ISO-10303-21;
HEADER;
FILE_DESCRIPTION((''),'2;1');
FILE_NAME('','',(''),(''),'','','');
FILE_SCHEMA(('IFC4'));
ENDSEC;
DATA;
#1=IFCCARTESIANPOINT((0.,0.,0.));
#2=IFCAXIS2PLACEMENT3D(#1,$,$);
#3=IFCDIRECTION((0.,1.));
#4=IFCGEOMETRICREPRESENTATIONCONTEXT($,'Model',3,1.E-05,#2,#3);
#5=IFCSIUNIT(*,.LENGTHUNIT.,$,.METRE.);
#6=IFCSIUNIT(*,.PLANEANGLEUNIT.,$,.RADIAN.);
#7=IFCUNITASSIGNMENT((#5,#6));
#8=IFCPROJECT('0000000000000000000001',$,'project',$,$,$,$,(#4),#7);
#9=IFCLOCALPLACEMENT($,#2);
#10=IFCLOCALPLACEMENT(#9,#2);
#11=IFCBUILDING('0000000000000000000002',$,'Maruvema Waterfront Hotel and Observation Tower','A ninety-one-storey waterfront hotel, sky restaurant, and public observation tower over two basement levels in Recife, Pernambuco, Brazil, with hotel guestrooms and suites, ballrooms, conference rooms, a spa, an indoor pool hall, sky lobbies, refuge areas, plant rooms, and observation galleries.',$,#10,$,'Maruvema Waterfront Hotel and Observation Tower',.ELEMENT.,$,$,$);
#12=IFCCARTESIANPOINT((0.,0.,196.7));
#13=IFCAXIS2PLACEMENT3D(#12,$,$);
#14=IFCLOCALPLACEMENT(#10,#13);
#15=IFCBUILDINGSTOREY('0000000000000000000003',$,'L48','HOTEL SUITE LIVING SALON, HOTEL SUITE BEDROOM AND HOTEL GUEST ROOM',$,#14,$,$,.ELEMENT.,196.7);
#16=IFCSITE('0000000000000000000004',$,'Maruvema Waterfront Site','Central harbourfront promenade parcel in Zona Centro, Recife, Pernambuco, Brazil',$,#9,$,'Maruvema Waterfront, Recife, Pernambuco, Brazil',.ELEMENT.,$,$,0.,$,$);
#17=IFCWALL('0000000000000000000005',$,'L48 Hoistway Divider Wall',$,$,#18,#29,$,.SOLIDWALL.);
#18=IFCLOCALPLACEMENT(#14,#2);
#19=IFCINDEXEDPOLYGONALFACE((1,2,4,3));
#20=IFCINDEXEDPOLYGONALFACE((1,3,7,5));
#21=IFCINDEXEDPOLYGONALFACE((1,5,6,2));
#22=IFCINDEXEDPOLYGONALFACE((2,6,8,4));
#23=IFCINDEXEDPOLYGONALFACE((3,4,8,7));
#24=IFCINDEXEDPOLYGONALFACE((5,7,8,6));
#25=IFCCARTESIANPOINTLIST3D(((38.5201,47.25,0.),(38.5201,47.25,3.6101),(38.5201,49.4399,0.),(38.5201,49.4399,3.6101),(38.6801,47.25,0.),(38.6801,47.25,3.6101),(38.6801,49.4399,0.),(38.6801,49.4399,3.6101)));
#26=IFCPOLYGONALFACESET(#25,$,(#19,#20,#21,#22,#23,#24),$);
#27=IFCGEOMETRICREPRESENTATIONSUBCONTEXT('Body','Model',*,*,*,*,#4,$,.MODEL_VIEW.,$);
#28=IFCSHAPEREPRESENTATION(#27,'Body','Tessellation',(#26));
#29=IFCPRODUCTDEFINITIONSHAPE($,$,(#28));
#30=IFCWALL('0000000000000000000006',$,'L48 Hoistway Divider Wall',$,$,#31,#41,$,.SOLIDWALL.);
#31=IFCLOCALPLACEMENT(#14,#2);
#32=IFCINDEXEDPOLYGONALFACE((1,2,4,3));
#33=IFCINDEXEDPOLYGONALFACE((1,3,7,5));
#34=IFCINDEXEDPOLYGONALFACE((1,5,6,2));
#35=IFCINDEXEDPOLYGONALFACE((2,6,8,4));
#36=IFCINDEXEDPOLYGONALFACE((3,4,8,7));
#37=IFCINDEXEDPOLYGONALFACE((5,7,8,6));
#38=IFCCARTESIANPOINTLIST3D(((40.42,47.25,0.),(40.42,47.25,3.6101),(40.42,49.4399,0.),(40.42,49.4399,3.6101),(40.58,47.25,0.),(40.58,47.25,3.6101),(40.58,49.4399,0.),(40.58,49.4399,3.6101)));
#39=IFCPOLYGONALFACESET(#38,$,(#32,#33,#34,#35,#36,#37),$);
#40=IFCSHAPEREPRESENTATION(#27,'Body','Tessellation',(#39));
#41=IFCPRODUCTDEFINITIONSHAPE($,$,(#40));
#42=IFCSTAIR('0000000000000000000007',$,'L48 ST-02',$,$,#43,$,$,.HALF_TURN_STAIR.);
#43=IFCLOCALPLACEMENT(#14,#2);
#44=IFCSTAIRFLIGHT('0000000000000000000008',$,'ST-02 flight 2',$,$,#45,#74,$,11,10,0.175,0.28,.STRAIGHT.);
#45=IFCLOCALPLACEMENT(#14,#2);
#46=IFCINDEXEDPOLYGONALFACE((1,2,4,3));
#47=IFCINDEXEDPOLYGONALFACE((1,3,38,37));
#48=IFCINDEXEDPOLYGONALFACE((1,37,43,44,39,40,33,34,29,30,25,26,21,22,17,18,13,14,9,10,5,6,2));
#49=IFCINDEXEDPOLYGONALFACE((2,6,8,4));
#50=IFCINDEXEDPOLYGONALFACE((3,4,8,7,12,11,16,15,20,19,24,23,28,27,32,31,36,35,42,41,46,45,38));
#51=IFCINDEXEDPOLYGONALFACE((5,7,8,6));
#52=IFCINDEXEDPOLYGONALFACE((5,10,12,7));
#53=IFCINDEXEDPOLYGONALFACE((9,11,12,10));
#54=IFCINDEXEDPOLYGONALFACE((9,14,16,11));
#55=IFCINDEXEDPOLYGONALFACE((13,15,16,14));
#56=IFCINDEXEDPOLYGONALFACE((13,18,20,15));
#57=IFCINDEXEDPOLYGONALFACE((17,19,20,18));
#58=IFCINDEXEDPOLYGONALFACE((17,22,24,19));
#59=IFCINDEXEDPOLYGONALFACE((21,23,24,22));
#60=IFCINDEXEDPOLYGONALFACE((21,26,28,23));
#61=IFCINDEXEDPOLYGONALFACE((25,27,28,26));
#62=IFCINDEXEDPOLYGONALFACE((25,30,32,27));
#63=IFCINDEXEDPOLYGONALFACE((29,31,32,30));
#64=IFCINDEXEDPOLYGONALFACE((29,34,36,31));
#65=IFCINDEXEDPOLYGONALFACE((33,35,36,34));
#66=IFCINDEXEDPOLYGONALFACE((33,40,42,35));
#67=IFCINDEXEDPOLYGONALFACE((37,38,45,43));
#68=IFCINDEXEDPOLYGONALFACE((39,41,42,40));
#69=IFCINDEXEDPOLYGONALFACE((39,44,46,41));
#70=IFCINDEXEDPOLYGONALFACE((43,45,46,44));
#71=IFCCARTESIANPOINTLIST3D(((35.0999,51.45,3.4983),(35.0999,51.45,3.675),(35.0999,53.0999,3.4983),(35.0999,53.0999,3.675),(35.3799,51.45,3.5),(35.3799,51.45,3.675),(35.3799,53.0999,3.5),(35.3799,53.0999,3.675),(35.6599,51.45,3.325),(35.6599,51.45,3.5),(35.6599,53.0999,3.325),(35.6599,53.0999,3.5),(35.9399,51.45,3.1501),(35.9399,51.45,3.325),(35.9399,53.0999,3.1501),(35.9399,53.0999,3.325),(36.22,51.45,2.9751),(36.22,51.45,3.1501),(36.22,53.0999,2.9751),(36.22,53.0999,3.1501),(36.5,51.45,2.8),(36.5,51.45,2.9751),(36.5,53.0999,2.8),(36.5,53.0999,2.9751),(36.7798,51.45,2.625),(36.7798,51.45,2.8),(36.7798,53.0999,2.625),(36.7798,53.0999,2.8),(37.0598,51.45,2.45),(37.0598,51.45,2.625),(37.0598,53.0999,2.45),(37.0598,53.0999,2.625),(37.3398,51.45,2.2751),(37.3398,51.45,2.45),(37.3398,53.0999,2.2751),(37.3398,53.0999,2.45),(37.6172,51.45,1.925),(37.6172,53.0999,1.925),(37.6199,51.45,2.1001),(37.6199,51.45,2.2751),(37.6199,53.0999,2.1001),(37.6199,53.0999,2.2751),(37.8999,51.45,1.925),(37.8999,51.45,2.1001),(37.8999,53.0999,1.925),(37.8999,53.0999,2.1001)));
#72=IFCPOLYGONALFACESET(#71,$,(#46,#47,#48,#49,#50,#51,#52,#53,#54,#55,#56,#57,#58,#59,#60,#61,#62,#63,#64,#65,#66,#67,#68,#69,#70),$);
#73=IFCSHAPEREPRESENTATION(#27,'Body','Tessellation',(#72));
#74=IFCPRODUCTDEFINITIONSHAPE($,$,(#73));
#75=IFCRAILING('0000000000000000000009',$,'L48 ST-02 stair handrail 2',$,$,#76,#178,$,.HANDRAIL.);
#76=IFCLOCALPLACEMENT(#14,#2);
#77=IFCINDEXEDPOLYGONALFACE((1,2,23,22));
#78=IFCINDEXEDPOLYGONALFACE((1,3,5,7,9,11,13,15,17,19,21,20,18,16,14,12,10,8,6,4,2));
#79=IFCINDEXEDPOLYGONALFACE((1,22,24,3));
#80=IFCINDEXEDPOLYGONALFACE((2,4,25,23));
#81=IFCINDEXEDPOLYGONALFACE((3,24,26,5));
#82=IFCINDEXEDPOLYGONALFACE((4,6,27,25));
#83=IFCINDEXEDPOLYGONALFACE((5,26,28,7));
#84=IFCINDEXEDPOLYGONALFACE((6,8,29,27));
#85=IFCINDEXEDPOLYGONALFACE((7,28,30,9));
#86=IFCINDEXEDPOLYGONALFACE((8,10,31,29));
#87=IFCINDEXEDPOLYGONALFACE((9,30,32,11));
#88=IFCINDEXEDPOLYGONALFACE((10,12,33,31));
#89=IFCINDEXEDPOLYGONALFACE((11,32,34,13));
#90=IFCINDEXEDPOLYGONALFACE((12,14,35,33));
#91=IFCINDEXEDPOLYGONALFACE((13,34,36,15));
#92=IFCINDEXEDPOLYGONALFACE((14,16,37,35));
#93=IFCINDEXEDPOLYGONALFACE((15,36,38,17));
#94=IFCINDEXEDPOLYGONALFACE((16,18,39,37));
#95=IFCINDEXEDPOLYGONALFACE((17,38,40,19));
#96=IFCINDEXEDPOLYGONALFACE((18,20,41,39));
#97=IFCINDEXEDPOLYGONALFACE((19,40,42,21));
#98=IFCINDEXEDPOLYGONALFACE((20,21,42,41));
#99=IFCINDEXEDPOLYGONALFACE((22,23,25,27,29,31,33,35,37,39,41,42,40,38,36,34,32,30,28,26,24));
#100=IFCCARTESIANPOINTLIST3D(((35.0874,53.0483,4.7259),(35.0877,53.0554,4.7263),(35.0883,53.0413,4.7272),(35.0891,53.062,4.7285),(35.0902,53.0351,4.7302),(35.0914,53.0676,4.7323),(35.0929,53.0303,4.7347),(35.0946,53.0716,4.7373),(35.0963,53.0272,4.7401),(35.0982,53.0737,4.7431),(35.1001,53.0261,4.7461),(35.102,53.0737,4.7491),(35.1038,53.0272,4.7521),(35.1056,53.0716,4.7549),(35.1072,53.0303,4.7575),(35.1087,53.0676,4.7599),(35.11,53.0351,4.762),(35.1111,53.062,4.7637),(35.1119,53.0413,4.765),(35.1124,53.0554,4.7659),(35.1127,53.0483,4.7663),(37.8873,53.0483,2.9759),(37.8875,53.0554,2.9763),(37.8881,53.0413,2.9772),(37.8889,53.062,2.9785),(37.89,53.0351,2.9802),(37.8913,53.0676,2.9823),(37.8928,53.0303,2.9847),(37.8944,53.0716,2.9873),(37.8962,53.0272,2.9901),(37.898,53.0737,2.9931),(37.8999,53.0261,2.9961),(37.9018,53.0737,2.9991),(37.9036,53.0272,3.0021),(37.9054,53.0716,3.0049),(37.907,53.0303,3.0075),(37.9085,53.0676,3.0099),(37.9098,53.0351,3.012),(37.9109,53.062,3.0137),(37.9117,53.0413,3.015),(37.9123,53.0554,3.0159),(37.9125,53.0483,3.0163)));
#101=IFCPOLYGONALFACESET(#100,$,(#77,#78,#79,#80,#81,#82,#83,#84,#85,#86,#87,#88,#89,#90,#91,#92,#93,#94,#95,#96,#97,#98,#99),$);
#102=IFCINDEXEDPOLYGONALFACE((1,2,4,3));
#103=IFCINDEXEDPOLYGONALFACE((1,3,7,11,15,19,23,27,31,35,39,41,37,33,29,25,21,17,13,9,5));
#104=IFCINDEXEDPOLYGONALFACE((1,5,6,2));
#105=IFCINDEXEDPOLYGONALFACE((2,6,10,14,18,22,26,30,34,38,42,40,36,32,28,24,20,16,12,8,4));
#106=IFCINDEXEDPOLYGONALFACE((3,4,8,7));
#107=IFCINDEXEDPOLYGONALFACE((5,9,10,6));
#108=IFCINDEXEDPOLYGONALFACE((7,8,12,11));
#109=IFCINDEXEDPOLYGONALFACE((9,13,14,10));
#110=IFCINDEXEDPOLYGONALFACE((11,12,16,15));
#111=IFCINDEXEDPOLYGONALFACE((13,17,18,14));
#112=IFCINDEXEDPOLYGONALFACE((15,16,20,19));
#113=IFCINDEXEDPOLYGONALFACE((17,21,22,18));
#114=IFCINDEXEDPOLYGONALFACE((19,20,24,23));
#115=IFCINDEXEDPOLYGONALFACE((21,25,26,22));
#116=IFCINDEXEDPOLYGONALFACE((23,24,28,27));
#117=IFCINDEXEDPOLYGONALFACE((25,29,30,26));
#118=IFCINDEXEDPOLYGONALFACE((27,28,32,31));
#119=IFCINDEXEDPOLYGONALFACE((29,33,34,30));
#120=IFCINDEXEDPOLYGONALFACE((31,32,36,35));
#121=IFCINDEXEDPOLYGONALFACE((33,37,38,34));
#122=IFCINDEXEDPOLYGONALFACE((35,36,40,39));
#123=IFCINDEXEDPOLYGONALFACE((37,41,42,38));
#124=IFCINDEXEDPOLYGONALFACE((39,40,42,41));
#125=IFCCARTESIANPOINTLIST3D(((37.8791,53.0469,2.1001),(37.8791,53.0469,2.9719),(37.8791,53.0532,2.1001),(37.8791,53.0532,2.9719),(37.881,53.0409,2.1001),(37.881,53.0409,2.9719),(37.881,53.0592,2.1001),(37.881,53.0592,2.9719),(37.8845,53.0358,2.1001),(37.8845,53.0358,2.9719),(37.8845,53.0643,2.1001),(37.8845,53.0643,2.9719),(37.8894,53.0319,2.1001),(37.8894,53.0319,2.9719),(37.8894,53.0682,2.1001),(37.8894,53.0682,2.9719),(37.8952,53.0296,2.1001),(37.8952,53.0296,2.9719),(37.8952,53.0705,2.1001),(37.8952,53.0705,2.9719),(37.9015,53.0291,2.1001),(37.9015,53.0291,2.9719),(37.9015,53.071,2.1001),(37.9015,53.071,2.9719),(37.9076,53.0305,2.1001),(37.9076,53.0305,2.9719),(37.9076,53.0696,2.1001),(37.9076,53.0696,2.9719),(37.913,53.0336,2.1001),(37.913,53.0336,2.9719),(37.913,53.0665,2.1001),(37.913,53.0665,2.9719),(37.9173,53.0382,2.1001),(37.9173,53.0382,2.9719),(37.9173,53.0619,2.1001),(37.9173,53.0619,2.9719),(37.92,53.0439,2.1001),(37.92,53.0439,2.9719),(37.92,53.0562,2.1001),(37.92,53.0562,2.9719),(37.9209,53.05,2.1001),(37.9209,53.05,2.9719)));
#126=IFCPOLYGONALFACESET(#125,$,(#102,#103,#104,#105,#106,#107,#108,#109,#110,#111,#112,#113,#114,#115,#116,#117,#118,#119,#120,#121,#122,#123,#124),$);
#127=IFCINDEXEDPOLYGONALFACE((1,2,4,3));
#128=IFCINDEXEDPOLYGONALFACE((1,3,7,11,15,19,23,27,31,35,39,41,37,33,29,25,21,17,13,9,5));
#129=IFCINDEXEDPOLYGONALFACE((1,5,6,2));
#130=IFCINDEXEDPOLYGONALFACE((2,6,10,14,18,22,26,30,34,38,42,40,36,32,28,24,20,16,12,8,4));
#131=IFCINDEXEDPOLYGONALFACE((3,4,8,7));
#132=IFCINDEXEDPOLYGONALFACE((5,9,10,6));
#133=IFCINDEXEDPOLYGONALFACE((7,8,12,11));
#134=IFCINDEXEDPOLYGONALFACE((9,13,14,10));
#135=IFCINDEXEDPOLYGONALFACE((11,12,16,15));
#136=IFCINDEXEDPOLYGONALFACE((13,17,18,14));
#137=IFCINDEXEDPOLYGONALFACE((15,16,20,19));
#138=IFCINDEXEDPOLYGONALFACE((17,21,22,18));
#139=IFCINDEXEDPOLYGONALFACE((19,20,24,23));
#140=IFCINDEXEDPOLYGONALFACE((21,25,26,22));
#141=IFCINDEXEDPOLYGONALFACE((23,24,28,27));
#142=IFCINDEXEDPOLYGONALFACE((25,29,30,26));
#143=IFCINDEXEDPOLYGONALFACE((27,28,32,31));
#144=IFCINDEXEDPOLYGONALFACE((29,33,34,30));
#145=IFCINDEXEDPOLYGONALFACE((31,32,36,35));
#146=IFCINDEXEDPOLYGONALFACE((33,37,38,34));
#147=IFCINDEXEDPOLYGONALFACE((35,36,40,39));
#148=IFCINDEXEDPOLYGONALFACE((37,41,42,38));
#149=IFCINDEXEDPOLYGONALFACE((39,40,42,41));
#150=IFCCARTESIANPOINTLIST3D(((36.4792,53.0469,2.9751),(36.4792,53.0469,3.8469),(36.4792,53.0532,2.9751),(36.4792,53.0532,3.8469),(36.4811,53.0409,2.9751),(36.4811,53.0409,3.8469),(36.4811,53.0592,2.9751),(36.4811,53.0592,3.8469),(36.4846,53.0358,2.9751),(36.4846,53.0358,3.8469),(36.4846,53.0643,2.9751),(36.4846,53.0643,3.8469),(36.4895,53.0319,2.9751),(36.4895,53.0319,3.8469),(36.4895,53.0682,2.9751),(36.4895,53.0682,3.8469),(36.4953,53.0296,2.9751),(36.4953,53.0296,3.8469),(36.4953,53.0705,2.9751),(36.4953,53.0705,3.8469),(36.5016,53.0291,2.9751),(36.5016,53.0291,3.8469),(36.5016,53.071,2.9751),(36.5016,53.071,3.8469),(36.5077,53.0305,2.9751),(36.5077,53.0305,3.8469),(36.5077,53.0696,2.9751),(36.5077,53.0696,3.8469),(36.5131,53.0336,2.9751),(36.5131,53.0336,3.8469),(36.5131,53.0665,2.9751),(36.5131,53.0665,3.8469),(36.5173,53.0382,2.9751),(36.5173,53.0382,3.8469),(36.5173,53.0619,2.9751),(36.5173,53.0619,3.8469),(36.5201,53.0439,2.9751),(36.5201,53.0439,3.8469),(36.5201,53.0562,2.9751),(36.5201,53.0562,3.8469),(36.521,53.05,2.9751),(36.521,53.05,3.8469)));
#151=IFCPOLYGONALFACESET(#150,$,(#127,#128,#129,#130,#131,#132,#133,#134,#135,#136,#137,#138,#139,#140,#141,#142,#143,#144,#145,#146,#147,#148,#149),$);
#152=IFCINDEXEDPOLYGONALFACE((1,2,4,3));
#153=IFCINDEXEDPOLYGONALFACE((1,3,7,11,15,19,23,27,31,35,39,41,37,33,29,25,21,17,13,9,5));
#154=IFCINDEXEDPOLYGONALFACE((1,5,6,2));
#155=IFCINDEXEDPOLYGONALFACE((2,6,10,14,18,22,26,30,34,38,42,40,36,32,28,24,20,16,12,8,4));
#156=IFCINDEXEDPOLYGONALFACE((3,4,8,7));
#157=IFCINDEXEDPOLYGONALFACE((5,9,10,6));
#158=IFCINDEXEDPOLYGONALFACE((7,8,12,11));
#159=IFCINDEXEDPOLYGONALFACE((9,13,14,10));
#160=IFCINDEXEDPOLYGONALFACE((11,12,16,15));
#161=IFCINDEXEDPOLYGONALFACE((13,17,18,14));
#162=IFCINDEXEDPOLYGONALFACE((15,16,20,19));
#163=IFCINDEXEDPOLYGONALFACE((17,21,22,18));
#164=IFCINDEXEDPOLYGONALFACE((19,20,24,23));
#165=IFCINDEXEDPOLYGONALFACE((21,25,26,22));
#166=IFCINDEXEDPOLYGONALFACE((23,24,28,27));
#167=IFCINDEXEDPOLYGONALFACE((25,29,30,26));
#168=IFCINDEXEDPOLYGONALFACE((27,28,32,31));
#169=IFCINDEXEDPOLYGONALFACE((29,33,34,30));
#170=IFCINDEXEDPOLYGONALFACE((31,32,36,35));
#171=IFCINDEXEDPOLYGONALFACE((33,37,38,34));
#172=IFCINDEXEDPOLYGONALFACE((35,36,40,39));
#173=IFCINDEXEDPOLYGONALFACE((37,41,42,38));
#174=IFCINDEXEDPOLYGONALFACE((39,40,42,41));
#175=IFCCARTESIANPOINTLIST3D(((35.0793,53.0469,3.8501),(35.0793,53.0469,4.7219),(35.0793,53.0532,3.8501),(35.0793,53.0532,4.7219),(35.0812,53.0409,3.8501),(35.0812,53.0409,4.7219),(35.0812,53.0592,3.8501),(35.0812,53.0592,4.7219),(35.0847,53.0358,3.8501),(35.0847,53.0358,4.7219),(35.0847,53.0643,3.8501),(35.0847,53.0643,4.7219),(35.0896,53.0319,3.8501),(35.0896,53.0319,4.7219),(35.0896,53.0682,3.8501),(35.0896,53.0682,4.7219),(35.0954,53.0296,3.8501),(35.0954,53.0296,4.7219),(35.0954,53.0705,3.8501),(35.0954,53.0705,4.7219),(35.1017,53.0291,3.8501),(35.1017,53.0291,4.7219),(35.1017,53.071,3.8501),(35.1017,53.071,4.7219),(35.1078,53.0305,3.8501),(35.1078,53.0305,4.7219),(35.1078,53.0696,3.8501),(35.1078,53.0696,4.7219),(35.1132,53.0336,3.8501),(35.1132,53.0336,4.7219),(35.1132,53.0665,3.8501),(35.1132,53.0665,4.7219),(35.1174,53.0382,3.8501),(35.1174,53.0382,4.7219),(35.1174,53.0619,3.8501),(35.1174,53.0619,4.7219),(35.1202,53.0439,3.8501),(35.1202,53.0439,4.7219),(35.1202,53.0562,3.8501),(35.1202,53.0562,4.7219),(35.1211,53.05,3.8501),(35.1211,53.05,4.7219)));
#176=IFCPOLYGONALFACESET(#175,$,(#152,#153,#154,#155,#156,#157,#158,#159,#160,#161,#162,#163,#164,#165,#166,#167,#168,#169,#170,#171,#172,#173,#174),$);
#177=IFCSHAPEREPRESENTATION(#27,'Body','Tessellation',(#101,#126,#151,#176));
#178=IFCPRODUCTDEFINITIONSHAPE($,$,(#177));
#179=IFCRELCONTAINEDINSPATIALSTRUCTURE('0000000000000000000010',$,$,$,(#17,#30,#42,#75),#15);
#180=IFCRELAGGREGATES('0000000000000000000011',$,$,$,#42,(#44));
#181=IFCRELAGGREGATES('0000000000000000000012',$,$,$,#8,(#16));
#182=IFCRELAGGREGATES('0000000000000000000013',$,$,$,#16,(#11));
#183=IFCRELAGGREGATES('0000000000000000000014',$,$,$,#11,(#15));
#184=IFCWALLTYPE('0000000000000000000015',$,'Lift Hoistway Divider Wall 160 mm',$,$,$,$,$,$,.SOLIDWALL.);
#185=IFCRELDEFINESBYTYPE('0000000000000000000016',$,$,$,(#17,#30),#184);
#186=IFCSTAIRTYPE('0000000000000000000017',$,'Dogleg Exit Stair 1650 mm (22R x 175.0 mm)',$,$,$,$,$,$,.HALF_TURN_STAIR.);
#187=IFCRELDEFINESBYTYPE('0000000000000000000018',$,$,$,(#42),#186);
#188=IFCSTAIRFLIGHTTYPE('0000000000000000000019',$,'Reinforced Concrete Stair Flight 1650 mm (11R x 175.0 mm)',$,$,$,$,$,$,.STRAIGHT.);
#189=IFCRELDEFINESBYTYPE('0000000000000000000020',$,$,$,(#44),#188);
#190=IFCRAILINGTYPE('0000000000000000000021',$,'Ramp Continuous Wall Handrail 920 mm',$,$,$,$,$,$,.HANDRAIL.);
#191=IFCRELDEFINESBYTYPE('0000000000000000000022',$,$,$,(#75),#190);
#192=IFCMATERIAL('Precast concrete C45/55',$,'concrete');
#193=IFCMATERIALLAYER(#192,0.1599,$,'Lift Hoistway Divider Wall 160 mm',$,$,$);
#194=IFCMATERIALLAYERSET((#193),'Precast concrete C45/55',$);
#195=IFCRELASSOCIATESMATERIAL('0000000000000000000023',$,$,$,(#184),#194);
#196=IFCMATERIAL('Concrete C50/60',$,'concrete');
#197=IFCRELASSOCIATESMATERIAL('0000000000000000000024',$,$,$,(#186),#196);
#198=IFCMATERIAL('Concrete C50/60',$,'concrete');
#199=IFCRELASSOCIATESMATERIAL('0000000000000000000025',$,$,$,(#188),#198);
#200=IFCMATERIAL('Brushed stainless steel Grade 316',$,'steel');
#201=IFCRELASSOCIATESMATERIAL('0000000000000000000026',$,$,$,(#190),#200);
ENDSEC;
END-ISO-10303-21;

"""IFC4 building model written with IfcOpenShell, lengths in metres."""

from ifc_helpers import new_model, si_unit, direction, frame, frame_2d, origin, origin_2d, place, context, subcontext, project, spatial, polyline, rectangle, circle, outline, extrude, material, layer, layer_set, type_object, element, aggregate, save


model = new_model("IFC4")

# Units and contexts
model_context = context("Model", 3, precision=1e-05, world=origin(), true_north=direction((0.0, 1.0)))
body_context = subcontext(model_context, "Body", "Model", "MODEL_VIEW")
ifc_project = project(units=[si_unit("LENGTHUNIT", "METRE"), si_unit("PLANEANGLEUNIT", "RADIAN")], contexts=[model_context])

# Site, building, storey
site_placement = place(None, origin())
site = spatial("IfcSite", under=ifc_project, at=site_placement, Name="Maruvema Waterfront Site", Description="Central harbourfront promenade parcel in Zona Centro, Recife, Pernambuco, Brazil", LongName="Maruvema Waterfront, Recife, Pernambuco, Brazil", CompositionType="ELEMENT", RefElevation=0.0)
building_placement = place(site_placement, origin())
building = spatial("IfcBuilding", under=site, at=building_placement, Name="Maruvema Waterfront Hotel and Observation Tower", Description="A ninety-one-storey waterfront hotel, sky restaurant, and public observation tower over two basement levels in Recife, Pernambuco, Brazil, with hotel guestrooms and suites, ballrooms, conference rooms, a spa, an indoor pool hall, sky lobbies, refuge areas, plant rooms, and observation galleries.", LongName="Maruvema Waterfront Hotel and Observation Tower", CompositionType="ELEMENT")
storey_placement = place(building_placement, frame((0.0, 0.0, 196.7)))
storey = spatial("IfcBuildingStorey", under=building, at=storey_placement, Name="L48", Description="HOTEL SUITE LIVING SALON, HOTEL SUITE BEDROOM AND HOTEL GUEST ROOM", CompositionType="ELEMENT", Elevation=196.7)

# Walls
ifc_material_1 = material(Name="Precast concrete C45/55", Category="concrete")
ifc_layer_1 = layer(ifc_material_1, 0.1599, Name="Lift Hoistway Divider Wall 160 mm")
ifc_layer_set_1 = layer_set([ifc_layer_1], Name="Precast concrete C45/55")
wall_type_1 = type_object("IfcWallType", Name="Lift Hoistway Divider Wall 160 mm", PredefinedType="SOLIDWALL", material=ifc_layer_set_1)
for number, where, z_axis, x_axis, name in (
    (1, (38.6001, 47.25, 0.0), (0.0, 0.0, 1.0), (0.0, 1.0, 0.0), "L48 Hoistway Divider Wall"),
    (2, (40.5, 47.25, 0.0), (0.0, 0.0, 1.0), (0.0, 1.0, 0.0), "L48 Hoistway Divider Wall"),
):
    element("IfcWall", number, at=place(storey_placement, frame(where, z_axis=z_axis, x_axis=x_axis)), inside=storey, type_object=wall_type_1, Name=name, PredefinedType="SOLIDWALL", context=body_context, shape_type="SweptSolid", body=[
        extrude(rectangle(XDim=2.1899, YDim=0.1599, at=frame_2d((1.095, 0.0))), origin(), (0.0, 0.0, 1.0), 3.6101),
    ])

# Stair, stair flight
ifc_material_2 = material(Name="Concrete C50/60", Category="concrete")
stair_type = type_object("IfcStairType", Name="Dogleg Exit Stair 1650 mm (22R x 175.0 mm)", PredefinedType="HALF_TURN_STAIR", material=ifc_material_2)
stair_placement = place(storey_placement, origin())
stair = element("IfcStair", 3, at=stair_placement, inside=storey, type_object=stair_type, Name="L48 ST-02", PredefinedType="HALF_TURN_STAIR")
ifc_material_3 = material(Name="Concrete C50/60", Category="concrete")
stair_flight_type = type_object("IfcStairFlightType", Name="Reinforced Concrete Stair Flight 1650 mm (11R x 175.0 mm)", PredefinedType="STRAIGHT", material=ifc_material_3)
stair_flight_placement = place(storey_placement, frame((37.8999, 52.2749, 1.925), z_axis=(0.0, 0.0, 1.0), x_axis=(-1.0, 0.0, 0.0)))
stair_flight = element("IfcStairFlight", 4, at=stair_flight_placement, type_object=stair_flight_type, Name="ST-02 flight 2", NumberOfRisers=11, NumberOfTreads=10, PredefinedType="STRAIGHT", RiserHeight=0.175, TreadLength=0.28, context=body_context, shape_type="SweptSolid", body=[
    extrude(outline(polyline([(0.0, 0.0), (0.0, 0.175), (0.28, 0.175), (0.28, 0.3501), (0.5601, 0.3501), (0.5601, 0.5249), (0.8401, 0.5249), (0.8401, 0.7), (1.1201, 0.7), (1.1201, 0.875), (1.3999, 0.875), (1.3999, 1.05), (1.6799, 1.05), (1.6799, 1.2251), (1.96, 1.2251), (1.96, 1.3999), (2.24, 1.3999), (2.24, 1.575), (2.52, 1.575), (2.52, 1.75), (2.8, 1.75), (2.8, 1.925), (2.8, 1.5732), (0.2827, 0.0), (0.0, 0.0)])), frame((0.0, 0.825, 0.0), z_axis=(0.0, -1.0, 0.0), x_axis=(1.0, 0.0, 0.0)), (0.0, 0.0, 1.0), 1.6499),
])
aggregate(stair, [stair_flight])

# Railing
ifc_material_4 = material(Name="Brushed stainless steel Grade 316", Category="steel")
railing_type_1 = type_object("IfcRailingType", Name="Ramp Continuous Wall Handrail 920 mm", PredefinedType="HANDRAIL", material=ifc_material_4)
railing_1_placement = place(storey_placement, frame((37.8999, 53.05, 2.1001)))
element("IfcRailing", 5, at=railing_1_placement, inside=storey, type_object=railing_type_1, Name="L48 ST-02 stair handrail 2", PredefinedType="HANDRAIL", context=body_context, shape_type="SweptSolid", body=[
    extrude(circle(Radius=0.0239, at=origin_2d()), frame((0.0, 0.0, 0.896), z_axis=(-0.847982, 0.0, 0.530026), x_axis=(0.0, -1.0, 0.0)), (0.0, 0.0, 1.0), 3.3018),
    extrude(circle(Radius=0.021, at=origin_2d()), origin(), (0.0, 0.0, 1.0), 0.8718),
    extrude(circle(Radius=0.021, at=origin_2d()), frame((-1.3999, 0.0, 0.875)), (0.0, 0.0, 1.0), 0.8718),
    extrude(circle(Radius=0.021, at=origin_2d()), frame((-2.7998, 0.0, 1.75)), (0.0, 0.0, 1.0), 0.8718),
])

save(model, "model.ifc")
